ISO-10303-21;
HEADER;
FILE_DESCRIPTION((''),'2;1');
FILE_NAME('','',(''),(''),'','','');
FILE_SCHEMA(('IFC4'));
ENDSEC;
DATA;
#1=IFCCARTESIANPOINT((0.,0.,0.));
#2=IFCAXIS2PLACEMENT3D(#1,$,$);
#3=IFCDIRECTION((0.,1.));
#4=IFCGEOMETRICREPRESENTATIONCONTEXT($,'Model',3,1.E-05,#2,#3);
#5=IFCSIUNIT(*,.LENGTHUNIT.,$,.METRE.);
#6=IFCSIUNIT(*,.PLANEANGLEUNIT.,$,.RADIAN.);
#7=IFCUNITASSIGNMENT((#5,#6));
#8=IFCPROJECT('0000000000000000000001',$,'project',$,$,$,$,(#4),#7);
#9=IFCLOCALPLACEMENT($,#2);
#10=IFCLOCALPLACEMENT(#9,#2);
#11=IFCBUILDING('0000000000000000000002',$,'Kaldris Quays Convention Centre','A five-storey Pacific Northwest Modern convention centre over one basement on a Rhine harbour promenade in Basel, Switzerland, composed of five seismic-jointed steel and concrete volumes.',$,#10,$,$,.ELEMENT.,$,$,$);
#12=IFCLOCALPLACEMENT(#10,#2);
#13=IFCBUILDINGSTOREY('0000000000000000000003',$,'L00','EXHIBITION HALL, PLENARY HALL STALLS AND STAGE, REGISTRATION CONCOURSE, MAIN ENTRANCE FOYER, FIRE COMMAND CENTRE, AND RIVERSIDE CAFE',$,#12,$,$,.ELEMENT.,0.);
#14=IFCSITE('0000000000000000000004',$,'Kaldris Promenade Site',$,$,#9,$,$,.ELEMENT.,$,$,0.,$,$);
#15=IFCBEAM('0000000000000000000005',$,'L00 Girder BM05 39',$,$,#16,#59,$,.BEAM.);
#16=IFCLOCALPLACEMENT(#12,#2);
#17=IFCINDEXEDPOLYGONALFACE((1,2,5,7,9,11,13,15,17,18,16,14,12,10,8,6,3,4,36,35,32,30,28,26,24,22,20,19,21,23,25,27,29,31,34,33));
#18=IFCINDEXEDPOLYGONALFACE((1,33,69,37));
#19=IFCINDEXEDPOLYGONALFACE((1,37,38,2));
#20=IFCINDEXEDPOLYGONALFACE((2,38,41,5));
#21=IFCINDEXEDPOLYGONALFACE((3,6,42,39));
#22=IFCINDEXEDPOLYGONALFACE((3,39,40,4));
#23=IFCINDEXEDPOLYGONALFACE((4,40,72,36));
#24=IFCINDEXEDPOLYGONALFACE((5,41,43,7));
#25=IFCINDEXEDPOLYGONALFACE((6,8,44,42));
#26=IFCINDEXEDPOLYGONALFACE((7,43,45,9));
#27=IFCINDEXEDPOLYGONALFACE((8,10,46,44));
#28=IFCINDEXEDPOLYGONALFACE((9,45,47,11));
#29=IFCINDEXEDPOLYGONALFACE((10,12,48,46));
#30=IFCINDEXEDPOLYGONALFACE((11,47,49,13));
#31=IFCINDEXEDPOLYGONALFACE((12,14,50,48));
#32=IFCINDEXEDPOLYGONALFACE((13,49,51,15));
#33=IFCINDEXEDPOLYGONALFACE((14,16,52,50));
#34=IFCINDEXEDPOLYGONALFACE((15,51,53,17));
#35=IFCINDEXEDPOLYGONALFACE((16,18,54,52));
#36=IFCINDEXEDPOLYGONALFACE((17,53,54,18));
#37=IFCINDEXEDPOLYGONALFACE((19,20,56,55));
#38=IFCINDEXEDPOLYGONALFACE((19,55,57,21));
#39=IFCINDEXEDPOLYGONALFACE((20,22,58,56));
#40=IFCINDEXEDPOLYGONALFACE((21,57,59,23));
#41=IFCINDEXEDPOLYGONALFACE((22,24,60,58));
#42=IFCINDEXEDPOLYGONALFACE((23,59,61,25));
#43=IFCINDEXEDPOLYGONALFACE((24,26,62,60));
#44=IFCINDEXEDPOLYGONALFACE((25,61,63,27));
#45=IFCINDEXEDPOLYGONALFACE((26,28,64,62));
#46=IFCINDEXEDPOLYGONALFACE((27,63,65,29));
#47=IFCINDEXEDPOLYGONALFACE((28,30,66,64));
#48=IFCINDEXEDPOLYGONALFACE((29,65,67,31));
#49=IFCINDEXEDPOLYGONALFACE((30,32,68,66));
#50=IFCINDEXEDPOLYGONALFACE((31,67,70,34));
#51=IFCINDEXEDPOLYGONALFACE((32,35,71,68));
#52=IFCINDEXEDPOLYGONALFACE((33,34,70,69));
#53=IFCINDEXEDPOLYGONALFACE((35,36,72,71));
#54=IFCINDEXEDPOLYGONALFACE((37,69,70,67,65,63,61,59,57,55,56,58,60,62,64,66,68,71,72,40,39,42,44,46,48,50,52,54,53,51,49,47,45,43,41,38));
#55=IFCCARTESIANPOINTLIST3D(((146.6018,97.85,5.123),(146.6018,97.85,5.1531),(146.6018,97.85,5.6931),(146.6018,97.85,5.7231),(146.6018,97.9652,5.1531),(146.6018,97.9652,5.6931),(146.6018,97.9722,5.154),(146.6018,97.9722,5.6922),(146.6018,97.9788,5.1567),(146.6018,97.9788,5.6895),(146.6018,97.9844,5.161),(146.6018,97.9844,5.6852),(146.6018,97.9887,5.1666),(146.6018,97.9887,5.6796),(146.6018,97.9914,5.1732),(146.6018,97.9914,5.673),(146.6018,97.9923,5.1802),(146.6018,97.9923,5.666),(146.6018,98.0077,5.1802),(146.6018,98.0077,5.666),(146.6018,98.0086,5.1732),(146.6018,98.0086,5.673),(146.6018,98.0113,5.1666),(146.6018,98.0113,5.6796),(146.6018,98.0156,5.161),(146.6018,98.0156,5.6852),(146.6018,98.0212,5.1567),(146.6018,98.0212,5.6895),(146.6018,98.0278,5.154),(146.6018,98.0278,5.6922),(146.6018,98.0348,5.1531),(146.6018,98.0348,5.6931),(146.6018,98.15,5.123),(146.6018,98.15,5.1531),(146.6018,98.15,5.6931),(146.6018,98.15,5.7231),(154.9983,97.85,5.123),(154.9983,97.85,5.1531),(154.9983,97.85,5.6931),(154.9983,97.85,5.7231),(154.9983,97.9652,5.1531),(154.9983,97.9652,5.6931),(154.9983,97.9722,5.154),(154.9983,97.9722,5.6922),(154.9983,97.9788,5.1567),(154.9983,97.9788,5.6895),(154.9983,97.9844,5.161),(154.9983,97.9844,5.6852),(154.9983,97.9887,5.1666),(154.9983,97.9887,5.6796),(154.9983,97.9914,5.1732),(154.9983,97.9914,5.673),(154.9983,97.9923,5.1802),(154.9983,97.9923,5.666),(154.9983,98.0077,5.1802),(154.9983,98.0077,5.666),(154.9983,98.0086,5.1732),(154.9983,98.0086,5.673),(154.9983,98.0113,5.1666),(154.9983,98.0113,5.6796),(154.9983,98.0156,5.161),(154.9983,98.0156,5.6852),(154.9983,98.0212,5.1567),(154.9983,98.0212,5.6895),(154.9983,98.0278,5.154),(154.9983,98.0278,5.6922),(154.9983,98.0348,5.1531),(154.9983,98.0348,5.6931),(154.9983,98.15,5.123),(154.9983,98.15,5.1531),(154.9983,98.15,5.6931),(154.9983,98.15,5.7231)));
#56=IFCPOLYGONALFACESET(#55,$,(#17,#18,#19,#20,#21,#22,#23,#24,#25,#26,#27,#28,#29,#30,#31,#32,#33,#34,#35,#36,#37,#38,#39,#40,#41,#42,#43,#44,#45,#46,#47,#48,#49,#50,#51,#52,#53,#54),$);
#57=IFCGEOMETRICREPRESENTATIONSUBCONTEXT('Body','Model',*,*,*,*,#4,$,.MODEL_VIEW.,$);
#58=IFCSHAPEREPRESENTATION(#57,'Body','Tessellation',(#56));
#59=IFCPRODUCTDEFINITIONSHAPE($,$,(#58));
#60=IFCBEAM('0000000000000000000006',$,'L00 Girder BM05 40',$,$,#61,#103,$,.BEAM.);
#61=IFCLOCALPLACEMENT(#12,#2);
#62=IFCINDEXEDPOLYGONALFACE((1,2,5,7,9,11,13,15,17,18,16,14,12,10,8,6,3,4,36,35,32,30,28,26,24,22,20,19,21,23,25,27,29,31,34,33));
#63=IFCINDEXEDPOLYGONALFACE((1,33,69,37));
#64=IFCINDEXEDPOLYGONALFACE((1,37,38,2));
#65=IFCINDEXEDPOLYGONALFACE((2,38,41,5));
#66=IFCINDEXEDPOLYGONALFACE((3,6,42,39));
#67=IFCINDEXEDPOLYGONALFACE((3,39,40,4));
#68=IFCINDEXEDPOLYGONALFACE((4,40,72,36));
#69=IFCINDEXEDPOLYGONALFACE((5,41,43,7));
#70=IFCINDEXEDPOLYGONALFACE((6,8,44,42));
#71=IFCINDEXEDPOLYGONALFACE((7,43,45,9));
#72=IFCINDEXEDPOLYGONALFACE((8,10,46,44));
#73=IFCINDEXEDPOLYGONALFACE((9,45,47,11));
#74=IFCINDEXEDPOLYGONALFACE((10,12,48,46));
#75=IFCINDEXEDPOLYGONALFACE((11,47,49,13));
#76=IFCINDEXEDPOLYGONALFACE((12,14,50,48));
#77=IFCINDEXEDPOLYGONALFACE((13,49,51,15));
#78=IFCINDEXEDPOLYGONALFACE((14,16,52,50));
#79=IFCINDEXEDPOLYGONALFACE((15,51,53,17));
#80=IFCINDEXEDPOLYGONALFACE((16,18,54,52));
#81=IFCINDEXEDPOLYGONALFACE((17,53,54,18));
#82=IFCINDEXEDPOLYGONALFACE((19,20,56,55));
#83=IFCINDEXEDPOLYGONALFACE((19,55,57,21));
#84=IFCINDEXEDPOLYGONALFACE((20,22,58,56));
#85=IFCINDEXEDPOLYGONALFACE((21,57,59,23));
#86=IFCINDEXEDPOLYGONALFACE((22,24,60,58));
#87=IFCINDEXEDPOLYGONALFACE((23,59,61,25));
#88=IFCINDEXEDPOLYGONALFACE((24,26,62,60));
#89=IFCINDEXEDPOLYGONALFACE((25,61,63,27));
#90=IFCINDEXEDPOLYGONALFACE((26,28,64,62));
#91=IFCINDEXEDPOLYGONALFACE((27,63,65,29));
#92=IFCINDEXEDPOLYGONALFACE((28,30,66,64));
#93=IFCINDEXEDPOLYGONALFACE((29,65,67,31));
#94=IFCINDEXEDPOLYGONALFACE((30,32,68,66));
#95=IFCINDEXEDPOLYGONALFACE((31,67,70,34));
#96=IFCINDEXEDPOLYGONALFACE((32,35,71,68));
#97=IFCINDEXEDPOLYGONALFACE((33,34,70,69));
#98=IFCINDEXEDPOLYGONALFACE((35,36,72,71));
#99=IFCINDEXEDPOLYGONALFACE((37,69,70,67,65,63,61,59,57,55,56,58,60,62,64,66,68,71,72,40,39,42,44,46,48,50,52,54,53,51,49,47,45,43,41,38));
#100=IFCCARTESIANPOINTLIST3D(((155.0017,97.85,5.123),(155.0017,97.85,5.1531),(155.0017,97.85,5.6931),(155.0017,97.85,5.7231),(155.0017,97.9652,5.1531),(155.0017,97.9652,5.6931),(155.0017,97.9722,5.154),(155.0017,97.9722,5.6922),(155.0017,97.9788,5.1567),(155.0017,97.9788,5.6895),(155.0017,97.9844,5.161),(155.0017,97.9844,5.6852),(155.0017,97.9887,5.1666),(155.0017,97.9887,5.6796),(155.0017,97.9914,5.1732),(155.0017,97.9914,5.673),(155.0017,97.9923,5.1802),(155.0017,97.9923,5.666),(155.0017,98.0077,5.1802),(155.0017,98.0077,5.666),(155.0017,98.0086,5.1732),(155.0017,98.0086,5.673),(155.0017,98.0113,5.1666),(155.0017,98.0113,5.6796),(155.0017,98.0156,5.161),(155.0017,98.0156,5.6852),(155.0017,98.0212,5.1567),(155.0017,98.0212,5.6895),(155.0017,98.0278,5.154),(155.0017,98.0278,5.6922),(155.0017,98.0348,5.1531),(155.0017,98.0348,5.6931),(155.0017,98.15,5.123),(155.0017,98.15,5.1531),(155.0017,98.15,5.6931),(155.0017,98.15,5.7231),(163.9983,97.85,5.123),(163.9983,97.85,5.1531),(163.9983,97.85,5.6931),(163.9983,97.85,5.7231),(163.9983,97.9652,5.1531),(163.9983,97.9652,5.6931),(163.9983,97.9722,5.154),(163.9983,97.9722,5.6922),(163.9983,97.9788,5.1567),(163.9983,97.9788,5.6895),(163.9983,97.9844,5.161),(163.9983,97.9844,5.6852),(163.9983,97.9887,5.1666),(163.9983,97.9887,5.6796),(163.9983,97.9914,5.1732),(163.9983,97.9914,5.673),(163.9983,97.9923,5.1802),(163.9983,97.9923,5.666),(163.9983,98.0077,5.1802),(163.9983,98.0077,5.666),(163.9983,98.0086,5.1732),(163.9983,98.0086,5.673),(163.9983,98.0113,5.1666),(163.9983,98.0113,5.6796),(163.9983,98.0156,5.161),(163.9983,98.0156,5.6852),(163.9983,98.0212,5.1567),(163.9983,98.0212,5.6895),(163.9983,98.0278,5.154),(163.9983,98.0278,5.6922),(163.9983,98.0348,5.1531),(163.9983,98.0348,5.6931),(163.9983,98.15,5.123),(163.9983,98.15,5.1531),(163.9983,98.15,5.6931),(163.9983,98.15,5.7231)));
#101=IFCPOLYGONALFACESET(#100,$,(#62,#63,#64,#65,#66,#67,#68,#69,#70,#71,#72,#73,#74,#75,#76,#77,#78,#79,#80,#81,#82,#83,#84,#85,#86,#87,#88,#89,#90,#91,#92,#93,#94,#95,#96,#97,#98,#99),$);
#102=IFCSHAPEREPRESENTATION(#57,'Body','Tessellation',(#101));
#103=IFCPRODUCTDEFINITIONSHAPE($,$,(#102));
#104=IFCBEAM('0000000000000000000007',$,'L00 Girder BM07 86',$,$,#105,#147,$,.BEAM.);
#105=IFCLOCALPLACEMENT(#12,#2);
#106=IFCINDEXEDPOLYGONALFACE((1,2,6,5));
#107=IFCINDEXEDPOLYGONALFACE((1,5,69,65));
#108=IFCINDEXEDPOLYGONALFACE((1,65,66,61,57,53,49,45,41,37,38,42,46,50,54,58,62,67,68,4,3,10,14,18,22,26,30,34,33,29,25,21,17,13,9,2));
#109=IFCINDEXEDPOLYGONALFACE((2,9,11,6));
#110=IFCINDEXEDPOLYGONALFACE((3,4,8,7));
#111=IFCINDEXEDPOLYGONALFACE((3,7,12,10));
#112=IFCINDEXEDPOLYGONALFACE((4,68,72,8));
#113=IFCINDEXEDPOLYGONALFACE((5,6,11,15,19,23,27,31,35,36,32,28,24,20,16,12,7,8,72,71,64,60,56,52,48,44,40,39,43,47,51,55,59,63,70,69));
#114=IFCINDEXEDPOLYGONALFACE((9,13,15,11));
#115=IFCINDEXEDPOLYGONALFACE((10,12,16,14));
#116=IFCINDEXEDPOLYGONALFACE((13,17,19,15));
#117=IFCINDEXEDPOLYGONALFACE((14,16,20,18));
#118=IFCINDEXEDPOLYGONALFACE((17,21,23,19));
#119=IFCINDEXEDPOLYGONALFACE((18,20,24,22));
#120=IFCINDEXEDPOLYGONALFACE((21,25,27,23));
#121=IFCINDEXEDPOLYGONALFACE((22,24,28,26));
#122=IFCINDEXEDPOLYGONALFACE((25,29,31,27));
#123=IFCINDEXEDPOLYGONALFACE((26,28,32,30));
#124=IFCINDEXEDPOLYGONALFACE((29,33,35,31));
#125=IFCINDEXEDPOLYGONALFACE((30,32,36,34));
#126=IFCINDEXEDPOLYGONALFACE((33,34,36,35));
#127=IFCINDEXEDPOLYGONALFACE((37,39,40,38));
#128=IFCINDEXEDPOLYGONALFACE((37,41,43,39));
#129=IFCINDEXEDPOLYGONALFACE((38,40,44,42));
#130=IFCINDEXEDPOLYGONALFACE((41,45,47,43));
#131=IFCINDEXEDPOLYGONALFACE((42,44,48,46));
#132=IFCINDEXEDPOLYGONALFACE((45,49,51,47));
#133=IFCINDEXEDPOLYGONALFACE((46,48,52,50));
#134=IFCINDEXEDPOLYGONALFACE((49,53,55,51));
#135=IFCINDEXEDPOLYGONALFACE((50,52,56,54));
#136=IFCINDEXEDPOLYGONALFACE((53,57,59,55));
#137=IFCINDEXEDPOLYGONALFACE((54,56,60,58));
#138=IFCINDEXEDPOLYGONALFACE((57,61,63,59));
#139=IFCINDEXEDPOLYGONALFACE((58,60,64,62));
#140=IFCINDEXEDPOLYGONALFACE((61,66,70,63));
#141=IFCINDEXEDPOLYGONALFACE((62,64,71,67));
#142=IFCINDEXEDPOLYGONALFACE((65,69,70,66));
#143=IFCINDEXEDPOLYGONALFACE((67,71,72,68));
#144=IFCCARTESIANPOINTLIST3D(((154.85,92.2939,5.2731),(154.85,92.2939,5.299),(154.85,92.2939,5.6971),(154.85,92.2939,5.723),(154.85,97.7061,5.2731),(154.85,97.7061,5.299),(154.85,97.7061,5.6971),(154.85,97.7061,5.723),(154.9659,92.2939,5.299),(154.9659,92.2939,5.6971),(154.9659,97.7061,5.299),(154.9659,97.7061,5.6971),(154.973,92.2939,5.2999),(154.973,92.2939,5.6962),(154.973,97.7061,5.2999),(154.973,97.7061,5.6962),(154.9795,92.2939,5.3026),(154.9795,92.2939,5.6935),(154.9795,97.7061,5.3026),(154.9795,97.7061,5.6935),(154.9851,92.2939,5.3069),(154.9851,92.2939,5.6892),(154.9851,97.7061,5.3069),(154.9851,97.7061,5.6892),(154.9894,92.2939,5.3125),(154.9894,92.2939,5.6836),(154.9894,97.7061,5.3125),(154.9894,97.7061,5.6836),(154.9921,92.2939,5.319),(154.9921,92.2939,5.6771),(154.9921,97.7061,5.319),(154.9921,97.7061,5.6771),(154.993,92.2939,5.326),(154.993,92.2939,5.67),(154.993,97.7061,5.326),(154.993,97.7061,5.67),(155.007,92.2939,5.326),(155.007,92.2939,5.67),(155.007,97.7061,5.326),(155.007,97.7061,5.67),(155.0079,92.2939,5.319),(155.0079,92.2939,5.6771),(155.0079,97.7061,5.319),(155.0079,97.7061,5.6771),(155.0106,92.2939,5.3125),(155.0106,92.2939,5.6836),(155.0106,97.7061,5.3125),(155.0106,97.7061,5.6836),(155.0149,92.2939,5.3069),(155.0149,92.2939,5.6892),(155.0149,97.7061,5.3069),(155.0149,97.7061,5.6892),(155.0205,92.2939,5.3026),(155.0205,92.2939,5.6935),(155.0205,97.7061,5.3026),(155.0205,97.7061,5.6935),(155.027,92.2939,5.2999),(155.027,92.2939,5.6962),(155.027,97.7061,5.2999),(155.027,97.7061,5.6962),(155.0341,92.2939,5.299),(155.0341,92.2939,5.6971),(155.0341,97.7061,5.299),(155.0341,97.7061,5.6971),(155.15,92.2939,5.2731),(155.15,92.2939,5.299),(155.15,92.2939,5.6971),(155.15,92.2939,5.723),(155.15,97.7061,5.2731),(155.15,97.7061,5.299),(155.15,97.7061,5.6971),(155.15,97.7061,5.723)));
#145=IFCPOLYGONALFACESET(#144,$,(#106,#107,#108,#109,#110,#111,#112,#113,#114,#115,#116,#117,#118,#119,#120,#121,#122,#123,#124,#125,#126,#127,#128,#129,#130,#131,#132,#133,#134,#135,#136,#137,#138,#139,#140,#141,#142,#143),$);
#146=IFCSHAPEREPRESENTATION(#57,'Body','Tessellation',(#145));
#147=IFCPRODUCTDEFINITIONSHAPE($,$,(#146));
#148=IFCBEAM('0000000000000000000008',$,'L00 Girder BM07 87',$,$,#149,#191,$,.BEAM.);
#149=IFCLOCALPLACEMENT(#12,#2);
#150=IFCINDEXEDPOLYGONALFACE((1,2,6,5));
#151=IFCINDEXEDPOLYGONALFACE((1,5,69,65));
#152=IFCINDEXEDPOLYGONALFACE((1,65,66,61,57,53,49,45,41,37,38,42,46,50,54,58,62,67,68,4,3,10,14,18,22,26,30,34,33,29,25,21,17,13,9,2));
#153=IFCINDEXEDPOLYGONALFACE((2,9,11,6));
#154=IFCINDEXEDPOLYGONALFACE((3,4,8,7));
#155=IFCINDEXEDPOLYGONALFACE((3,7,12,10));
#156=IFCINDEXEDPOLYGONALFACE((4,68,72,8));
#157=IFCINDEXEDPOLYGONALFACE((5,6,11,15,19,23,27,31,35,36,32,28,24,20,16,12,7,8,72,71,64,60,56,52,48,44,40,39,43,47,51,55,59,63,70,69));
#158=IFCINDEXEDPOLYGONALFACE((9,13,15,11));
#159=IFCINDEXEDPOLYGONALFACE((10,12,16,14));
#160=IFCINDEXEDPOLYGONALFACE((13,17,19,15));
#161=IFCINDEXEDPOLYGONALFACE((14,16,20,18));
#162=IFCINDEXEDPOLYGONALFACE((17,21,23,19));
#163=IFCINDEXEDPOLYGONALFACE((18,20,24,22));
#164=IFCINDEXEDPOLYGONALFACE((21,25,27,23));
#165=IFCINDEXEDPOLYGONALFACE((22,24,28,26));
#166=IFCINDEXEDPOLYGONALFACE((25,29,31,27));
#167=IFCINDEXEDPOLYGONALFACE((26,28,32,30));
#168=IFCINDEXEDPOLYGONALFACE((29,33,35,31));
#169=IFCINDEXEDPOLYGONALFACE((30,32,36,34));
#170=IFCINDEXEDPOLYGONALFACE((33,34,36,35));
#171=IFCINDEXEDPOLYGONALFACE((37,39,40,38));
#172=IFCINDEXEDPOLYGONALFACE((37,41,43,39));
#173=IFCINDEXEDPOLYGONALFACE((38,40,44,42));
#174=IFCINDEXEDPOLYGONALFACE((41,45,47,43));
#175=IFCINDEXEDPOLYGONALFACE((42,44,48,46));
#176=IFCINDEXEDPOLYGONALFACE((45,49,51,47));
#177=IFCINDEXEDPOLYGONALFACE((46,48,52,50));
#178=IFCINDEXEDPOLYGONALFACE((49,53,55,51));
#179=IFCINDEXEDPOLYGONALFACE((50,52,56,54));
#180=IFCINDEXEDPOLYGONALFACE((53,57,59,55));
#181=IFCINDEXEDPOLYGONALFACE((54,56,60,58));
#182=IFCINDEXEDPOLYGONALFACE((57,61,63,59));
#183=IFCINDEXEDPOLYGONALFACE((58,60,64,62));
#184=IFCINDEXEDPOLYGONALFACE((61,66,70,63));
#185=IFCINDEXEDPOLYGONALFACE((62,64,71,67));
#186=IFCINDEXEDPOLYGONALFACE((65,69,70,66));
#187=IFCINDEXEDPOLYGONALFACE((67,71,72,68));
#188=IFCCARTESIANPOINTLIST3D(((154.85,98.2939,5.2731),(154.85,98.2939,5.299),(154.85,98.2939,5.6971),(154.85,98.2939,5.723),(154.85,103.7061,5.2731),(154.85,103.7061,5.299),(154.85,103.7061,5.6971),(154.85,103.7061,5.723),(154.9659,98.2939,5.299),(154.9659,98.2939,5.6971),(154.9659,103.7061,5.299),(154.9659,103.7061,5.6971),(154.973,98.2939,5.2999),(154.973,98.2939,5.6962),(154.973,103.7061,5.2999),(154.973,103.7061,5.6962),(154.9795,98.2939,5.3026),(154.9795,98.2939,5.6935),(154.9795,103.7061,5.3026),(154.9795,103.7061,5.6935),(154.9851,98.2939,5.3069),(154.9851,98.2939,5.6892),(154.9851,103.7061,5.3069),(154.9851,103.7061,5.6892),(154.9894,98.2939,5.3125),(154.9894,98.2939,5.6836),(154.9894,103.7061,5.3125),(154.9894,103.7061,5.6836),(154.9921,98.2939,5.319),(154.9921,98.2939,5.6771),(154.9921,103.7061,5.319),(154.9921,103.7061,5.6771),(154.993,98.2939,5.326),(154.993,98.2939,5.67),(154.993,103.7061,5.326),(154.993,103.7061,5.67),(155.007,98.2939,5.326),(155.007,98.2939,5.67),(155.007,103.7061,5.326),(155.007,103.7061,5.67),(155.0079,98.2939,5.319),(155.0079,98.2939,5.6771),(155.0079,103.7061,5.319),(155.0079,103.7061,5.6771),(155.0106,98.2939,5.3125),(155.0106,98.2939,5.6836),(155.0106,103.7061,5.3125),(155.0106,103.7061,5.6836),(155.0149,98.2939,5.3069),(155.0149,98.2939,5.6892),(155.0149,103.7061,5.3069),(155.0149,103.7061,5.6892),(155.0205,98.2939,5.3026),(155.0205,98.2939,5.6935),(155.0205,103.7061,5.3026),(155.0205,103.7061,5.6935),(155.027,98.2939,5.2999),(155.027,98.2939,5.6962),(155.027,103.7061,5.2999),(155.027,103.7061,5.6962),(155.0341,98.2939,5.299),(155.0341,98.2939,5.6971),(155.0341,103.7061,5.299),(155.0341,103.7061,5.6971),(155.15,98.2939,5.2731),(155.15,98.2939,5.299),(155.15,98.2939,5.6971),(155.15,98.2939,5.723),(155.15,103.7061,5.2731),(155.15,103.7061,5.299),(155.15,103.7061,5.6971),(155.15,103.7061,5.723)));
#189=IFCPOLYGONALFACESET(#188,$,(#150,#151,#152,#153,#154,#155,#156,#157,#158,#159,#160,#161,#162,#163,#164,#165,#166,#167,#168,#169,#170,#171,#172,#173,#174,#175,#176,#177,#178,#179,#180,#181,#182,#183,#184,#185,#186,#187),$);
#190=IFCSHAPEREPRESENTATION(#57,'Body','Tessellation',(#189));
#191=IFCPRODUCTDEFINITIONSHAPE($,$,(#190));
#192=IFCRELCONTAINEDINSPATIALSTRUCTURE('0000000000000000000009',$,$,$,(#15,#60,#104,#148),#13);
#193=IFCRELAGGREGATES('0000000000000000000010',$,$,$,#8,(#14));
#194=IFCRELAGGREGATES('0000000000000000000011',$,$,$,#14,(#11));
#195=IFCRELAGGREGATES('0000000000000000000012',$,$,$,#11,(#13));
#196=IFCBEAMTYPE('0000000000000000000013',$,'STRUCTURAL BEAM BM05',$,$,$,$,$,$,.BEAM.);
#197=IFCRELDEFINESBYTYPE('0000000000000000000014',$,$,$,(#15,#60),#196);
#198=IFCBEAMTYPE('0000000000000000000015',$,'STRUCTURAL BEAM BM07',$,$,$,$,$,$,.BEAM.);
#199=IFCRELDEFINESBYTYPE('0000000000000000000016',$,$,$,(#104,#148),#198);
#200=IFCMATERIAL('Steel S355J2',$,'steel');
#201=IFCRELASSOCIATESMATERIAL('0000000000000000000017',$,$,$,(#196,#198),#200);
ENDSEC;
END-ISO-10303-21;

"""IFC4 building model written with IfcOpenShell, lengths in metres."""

from ifc_helpers import new_model, si_unit, direction, frame, origin, origin_2d, place, context, subcontext, project, spatial, i_section, extrude, material, material_profile, profile_set, type_object, element, save


model = new_model("IFC4")

# Units and contexts
model_context = context("Model", 3, precision=1e-05, world=origin(), true_north=direction((0.0, 1.0)))
body_context = subcontext(model_context, "Body", "Model", "MODEL_VIEW")
ifc_project = project(units=[si_unit("LENGTHUNIT", "METRE"), si_unit("PLANEANGLEUNIT", "RADIAN")], contexts=[model_context])

# Site, building, storey
site_placement = place(None, origin())
site = spatial("IfcSite", under=ifc_project, at=site_placement, Name="Kaldris Promenade Site", CompositionType="ELEMENT", RefElevation=0.0)
building_placement = place(site_placement, origin())
building = spatial("IfcBuilding", under=site, at=building_placement, Name="Kaldris Quays Convention Centre", Description="A five-storey Pacific Northwest Modern convention centre over one basement on a Rhine harbour promenade in Basel, Switzerland, composed of five seismic-jointed steel and concrete volumes.", CompositionType="ELEMENT")
storey_placement = place(building_placement, origin())
storey = spatial("IfcBuildingStorey", under=building, at=storey_placement, Name="L00", Description="EXHIBITION HALL, PLENARY HALL STALLS AND STAGE, REGISTRATION CONCOURSE, MAIN ENTRANCE FOYER, FIRE COMMAND CENTRE, AND RIVERSIDE CAFE", CompositionType="ELEMENT", Elevation=0.0)

# Shared definitions
ifc_material_1 = material(Name="Steel S355J2", Category="steel")

# Beams
ifc_material_profile_1 = material_profile(ifc_material_1, i_section(OverallWidth=0.3, OverallDepth=0.6001, WebThickness=0.0154, FlangeThickness=0.03, FilletRadius=0.0271, at=origin_2d()), Name="HEB 600")
ifc_profile_set_1 = profile_set([ifc_material_profile_1], Name="Steel S355J2")
beam_type_1 = type_object("IfcBeamType", Name="STRUCTURAL BEAM BM05", PredefinedType="BEAM", material=ifc_profile_set_1)
beam_1_placement = place(storey_placement, frame((146.6018, 98.0, 5.4231), z_axis=(1.0, 0.0, 0.0), x_axis=(0.0, 1.0, 0.0)))
element("IfcBeam", 1, at=beam_1_placement, inside=storey, type_object=beam_type_1, Name="L00 Girder BM05 39", PredefinedType="BEAM", context=body_context, shape_type="SweptSolid", body=[
    extrude(i_section(OverallWidth=0.3, OverallDepth=0.6001, WebThickness=0.0154, FlangeThickness=0.03, FilletRadius=0.0271, at=origin_2d()), origin(), (0.0, 0.0, 1.0), 8.3965),
])
beam_2_placement = place(storey_placement, frame((155.0017, 98.0, 5.4231), z_axis=(1.0, 0.0, 0.0), x_axis=(0.0, 1.0, 0.0)))
element("IfcBeam", 2, at=beam_2_placement, inside=storey, type_object=beam_type_1, Name="L00 Girder BM05 40", PredefinedType="BEAM", context=body_context, shape_type="SweptSolid", body=[
    extrude(i_section(OverallWidth=0.3, OverallDepth=0.6001, WebThickness=0.0154, FlangeThickness=0.03, FilletRadius=0.0271, at=origin_2d()), origin(), (0.0, 0.0, 1.0), 8.9966),
])
ifc_material_profile_2 = material_profile(ifc_material_1, i_section(OverallWidth=0.3, OverallDepth=0.45, WebThickness=0.0139, FlangeThickness=0.0259, FilletRadius=0.0271, at=origin_2d()), Name="HEB 450")
ifc_profile_set_2 = profile_set([ifc_material_profile_2], Name="Steel S355J2")
beam_type_2 = type_object("IfcBeamType", Name="STRUCTURAL BEAM BM07", PredefinedType="BEAM", material=ifc_profile_set_2)
for number, where, z_axis, x_axis, name in (
    (3, (155.0, 92.2939, 5.498), (0.0, 1.0, 0.0), (-1.0, 0.0, 0.0), "L00 Girder BM07 86"),
    (4, (155.0, 98.2939, 5.498), (0.0, 1.0, 0.0), (-1.0, 0.0, 0.0), "L00 Girder BM07 87"),
):
    element("IfcBeam", number, at=place(storey_placement, frame(where, z_axis=z_axis, x_axis=x_axis)), inside=storey, type_object=beam_type_2, Name=name, PredefinedType="BEAM", context=body_context, shape_type="SweptSolid", body=[
        extrude(i_section(OverallWidth=0.3, OverallDepth=0.45, WebThickness=0.0139, FlangeThickness=0.0259, FilletRadius=0.0271, at=origin_2d()), origin(), (0.0, 0.0, 1.0), 5.4121),
    ])

save(model, "model.ifc")
